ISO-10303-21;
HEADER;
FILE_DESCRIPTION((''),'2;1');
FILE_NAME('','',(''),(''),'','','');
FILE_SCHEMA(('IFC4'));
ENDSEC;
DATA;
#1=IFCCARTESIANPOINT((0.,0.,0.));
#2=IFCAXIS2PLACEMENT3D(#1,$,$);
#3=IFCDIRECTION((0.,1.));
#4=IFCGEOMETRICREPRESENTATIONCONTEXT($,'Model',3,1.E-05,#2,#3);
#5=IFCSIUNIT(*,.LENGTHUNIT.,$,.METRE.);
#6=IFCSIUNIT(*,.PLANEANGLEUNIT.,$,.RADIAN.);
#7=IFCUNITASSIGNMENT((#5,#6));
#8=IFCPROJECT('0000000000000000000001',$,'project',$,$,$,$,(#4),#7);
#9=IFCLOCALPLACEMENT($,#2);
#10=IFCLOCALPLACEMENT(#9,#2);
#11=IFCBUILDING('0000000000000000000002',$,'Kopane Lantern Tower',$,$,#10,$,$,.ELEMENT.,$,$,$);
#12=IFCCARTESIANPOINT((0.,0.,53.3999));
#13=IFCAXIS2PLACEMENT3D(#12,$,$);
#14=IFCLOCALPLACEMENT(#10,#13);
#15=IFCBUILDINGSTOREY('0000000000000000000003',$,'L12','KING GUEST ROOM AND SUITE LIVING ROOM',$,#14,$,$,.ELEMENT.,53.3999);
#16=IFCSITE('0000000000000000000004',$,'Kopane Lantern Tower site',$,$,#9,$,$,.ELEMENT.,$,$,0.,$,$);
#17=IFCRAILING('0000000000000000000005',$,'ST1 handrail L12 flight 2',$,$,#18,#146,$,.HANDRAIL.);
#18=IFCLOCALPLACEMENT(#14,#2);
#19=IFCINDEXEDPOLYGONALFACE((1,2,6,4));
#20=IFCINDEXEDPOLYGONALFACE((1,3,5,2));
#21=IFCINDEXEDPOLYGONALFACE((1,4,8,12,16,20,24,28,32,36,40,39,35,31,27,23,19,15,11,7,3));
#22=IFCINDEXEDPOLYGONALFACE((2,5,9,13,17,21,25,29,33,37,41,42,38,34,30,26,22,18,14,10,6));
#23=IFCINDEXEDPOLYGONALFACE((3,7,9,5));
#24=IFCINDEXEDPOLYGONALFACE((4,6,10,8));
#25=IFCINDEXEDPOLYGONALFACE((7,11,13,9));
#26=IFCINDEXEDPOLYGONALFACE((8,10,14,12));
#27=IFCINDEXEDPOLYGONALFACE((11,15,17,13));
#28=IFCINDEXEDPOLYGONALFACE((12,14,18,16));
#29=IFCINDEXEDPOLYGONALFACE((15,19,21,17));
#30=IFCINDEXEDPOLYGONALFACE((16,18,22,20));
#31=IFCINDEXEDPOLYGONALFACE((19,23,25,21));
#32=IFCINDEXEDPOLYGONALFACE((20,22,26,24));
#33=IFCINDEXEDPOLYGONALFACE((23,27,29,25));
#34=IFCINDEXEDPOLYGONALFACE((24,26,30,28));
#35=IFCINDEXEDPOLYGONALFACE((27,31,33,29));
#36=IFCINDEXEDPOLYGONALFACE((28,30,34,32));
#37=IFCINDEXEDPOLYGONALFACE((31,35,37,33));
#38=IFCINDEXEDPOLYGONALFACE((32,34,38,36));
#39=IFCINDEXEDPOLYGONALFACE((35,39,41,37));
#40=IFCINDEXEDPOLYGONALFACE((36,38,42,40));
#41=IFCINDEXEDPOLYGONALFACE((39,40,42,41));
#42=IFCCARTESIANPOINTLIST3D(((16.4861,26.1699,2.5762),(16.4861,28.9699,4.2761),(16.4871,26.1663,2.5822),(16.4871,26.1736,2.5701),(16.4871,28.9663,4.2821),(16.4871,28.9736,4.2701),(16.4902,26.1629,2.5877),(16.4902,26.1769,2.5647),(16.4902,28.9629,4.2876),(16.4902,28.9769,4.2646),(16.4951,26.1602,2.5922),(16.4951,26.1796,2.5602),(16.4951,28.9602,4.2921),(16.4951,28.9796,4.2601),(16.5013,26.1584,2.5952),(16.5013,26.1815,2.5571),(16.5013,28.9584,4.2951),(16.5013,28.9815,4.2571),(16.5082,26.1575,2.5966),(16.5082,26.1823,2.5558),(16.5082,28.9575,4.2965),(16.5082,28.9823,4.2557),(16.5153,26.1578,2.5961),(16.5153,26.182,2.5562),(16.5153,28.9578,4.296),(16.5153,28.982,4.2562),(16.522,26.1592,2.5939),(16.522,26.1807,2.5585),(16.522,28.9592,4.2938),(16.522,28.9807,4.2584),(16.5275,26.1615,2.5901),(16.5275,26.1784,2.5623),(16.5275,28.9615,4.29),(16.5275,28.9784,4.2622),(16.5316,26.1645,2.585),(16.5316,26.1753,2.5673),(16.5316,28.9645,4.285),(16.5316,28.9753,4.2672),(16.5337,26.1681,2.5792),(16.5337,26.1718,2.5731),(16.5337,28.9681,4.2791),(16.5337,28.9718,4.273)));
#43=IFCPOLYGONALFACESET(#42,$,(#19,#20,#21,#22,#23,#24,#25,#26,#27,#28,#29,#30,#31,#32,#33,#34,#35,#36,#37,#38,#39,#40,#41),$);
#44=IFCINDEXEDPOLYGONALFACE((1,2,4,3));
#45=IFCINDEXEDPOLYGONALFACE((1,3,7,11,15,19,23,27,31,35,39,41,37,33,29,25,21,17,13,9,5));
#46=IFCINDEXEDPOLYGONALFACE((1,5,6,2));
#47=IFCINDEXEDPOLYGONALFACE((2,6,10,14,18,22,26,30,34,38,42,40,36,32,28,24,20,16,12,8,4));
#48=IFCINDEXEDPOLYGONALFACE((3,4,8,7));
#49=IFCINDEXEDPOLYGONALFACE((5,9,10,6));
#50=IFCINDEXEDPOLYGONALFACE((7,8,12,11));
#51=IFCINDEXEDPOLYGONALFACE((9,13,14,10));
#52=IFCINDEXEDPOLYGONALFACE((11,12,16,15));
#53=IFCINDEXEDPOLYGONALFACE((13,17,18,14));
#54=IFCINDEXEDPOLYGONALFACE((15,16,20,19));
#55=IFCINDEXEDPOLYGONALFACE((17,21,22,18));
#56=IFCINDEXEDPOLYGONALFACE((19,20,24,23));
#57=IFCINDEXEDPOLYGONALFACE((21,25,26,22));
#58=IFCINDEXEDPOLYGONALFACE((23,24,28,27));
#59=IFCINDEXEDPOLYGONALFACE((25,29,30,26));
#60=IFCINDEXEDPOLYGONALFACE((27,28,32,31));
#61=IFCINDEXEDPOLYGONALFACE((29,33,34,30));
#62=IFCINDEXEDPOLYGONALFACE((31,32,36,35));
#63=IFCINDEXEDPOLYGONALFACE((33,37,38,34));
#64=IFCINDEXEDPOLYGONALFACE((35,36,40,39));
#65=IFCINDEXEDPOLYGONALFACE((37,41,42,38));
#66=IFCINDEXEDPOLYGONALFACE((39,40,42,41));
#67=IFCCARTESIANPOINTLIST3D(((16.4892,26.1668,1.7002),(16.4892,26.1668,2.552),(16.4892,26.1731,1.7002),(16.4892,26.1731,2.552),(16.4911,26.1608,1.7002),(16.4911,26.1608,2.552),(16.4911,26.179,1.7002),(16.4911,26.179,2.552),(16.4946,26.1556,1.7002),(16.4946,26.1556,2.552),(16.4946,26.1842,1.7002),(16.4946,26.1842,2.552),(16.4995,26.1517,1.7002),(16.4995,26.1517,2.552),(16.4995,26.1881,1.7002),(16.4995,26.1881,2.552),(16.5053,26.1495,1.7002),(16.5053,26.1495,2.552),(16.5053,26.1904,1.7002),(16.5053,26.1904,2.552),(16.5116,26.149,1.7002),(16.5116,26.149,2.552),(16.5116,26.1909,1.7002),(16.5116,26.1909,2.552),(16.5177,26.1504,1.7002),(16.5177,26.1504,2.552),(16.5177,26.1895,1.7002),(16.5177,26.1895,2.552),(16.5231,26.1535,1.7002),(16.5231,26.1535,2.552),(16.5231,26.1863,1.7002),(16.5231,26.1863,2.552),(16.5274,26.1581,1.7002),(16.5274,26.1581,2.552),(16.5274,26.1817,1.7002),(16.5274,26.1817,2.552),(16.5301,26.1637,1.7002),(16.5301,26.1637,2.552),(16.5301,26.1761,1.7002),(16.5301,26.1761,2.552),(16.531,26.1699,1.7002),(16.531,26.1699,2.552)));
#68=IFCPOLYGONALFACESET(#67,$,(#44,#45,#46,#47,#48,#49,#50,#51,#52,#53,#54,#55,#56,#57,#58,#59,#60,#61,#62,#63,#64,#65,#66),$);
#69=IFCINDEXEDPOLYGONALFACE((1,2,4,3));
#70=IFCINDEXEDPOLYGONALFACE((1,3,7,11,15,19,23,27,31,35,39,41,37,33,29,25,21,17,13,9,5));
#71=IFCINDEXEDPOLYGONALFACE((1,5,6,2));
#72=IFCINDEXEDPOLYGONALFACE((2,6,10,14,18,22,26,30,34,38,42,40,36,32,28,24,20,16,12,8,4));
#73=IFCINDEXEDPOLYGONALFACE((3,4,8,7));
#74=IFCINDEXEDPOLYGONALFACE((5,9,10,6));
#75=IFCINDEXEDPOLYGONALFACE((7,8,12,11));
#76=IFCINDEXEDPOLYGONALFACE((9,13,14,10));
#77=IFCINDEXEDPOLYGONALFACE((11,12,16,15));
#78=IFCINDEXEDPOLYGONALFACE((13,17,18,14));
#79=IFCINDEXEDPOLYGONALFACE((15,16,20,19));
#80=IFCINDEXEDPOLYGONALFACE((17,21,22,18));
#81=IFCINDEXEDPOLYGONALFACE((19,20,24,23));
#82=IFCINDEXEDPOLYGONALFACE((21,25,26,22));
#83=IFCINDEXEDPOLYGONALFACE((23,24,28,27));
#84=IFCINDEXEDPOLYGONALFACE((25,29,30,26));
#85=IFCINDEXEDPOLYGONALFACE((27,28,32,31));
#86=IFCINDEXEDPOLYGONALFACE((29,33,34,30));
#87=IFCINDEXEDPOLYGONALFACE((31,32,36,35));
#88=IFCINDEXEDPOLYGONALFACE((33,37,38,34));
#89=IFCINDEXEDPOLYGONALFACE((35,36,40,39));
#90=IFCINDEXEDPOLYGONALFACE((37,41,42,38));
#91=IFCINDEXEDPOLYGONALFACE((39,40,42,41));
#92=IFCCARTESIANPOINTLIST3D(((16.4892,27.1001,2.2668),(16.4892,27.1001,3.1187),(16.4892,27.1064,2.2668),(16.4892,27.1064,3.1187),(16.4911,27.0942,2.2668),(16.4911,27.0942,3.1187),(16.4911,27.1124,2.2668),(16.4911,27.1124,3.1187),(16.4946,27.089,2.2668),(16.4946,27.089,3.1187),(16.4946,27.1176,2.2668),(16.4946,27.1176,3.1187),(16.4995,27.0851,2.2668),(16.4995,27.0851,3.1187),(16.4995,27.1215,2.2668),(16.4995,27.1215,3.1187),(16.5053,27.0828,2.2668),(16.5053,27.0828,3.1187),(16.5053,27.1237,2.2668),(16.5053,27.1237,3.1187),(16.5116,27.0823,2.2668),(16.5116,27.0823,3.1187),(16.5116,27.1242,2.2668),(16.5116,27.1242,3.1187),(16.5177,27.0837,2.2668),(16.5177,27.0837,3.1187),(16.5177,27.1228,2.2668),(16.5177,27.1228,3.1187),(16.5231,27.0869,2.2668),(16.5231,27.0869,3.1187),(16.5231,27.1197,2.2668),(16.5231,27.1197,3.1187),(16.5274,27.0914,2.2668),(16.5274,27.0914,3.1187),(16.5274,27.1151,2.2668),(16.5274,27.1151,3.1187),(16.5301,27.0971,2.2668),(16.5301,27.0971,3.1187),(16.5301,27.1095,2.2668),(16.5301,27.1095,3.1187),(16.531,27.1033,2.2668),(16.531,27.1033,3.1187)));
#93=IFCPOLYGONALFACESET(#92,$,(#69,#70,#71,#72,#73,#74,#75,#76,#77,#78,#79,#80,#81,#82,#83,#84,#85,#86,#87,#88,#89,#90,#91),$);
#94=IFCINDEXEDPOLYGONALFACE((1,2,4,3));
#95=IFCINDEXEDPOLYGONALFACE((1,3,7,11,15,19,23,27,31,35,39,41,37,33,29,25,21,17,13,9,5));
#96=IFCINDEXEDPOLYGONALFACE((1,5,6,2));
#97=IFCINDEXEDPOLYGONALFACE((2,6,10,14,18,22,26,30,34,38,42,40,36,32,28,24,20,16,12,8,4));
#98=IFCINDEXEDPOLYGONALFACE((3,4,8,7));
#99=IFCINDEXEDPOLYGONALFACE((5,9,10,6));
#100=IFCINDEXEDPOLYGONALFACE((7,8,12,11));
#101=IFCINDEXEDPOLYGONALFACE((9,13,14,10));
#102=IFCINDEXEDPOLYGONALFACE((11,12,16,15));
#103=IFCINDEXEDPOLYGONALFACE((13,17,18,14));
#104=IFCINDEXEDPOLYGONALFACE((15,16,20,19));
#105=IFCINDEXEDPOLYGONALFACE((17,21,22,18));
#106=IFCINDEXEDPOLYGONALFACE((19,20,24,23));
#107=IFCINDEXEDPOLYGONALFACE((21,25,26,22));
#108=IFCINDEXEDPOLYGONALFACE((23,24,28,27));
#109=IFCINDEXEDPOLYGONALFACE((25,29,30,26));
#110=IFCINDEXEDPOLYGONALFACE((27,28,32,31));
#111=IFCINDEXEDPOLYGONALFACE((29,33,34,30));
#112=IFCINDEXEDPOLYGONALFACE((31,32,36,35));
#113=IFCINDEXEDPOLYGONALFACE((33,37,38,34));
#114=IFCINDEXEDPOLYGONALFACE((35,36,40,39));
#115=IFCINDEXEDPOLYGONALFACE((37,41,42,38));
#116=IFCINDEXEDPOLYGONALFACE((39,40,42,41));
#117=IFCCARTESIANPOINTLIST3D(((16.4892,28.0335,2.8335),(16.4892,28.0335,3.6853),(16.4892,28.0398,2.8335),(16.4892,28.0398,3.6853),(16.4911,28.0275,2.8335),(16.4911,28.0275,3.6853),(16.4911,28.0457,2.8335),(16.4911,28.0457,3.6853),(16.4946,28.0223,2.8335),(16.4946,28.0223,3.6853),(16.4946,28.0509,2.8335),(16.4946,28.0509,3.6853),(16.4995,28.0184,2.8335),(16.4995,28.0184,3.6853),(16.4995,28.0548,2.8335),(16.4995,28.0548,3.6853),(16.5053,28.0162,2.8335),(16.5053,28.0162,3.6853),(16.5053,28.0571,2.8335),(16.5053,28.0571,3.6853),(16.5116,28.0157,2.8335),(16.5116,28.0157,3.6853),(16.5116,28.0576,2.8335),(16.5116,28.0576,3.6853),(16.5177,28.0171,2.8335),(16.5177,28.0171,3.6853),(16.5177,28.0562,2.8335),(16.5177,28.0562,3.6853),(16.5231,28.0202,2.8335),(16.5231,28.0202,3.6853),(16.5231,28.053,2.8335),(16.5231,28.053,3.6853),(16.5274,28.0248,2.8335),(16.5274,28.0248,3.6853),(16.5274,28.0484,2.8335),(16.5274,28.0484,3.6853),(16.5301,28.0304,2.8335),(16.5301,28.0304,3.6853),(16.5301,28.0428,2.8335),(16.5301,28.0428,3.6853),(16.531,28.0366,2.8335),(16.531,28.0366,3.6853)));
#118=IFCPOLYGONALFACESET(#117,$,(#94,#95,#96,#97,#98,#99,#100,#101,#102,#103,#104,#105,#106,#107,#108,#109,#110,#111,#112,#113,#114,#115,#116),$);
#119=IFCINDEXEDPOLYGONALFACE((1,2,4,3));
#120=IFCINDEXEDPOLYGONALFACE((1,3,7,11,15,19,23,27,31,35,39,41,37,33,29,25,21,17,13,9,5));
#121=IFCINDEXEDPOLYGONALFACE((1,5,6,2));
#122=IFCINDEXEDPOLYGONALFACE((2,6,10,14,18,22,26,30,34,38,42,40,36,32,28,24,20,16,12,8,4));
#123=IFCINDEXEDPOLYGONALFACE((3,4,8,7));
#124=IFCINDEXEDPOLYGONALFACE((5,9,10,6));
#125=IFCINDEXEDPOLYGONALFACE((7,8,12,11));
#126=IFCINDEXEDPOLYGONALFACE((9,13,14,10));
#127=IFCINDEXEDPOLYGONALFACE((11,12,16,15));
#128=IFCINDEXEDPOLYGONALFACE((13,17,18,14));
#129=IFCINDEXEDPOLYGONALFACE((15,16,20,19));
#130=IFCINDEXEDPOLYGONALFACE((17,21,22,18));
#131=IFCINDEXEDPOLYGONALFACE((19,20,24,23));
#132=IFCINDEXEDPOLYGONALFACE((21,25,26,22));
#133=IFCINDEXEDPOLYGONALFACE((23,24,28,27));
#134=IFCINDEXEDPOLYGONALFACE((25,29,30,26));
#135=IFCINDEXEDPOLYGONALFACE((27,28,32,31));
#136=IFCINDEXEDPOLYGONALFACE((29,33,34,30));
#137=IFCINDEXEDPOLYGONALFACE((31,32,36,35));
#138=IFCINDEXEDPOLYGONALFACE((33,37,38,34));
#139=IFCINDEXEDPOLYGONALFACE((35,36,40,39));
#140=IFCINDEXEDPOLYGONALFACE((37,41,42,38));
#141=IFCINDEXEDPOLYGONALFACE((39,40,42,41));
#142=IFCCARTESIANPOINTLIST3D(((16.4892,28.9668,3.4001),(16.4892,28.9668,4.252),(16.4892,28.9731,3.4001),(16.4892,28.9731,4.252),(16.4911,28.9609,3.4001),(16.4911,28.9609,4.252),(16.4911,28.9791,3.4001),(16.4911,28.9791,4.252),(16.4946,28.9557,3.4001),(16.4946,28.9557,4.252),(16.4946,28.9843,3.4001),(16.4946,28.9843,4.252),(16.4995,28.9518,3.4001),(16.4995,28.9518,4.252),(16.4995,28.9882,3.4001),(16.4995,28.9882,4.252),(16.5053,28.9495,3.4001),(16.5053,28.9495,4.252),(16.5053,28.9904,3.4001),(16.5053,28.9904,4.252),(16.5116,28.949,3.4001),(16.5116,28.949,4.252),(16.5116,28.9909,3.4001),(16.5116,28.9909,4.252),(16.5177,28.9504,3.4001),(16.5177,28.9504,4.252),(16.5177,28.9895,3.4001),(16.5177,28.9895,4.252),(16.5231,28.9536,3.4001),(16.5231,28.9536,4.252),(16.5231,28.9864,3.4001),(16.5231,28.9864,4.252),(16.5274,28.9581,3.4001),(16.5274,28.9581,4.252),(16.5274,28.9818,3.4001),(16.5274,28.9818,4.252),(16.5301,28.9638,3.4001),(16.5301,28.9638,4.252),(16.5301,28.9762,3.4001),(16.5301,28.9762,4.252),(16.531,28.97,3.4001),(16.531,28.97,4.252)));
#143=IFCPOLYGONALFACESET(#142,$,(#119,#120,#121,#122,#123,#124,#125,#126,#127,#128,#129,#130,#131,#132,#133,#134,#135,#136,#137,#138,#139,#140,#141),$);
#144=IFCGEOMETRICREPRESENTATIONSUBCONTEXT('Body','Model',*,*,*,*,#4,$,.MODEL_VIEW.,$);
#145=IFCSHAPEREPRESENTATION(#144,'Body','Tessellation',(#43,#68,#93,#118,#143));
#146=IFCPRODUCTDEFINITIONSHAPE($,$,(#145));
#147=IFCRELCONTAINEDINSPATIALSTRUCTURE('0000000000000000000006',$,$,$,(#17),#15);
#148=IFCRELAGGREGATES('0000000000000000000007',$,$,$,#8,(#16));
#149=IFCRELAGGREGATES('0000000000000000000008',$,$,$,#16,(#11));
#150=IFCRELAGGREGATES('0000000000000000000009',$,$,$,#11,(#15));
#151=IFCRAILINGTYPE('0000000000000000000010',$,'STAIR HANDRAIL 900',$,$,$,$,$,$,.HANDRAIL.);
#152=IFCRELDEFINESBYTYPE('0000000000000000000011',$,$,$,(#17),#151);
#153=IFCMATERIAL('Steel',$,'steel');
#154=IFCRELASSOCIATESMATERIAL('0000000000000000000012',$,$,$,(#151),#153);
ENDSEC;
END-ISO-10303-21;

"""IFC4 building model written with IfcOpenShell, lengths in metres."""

from ifc_helpers import new_model, si_unit, direction, frame, origin, origin_2d, place, context, subcontext, project, spatial, circle, extrude, material, type_object, element, save


model = new_model("IFC4")

# Units and contexts
model_context = context("Model", 3, precision=1e-05, world=origin(), true_north=direction((0.0, 1.0)))
body_context = subcontext(model_context, "Body", "Model", "MODEL_VIEW")
ifc_project = project(units=[si_unit("LENGTHUNIT", "METRE"), si_unit("PLANEANGLEUNIT", "RADIAN")], contexts=[model_context])

# Site, building, storey
site_placement = place(None, origin())
site = spatial("IfcSite", under=ifc_project, at=site_placement, Name="Kopane Lantern Tower site", CompositionType="ELEMENT", RefElevation=0.0)
building_placement = place(site_placement, origin())
building = spatial("IfcBuilding", under=site, at=building_placement, Name="Kopane Lantern Tower", CompositionType="ELEMENT")
storey_placement = place(building_placement, frame((0.0, 0.0, 53.3999)))
storey = spatial("IfcBuildingStorey", under=building, at=storey_placement, Name="L12", Description="KING GUEST ROOM AND SUITE LIVING ROOM", CompositionType="ELEMENT", Elevation=53.3999)

# Railing
ifc_material_1 = material(Name="Steel", Category="steel")
railing_type_1 = type_object("IfcRailingType", Name="STAIR HANDRAIL 900", PredefinedType="HANDRAIL", material=ifc_material_1)
for number, where, name in (
    (1, (16.51, 26.1699, 1.7002), "ST1 handrail L12 flight 2"),
):
    element("IfcRailing", number, at=place(storey_placement, frame(where)), inside=storey, type_object=railing_type_1, Name=name, PredefinedType="HANDRAIL", context=body_context, shape_type="SweptSolid", body=[
        extrude(circle(Radius=0.0239, at=origin_2d()), frame((0.0, 0.0, 0.876), z_axis=(0.0, 0.854798, 0.518961), x_axis=(-1.0, 0.0, 0.0)), (0.0, 0.0, 1.0), 3.2756),
        extrude(circle(Radius=0.021, at=origin_2d()), origin(), (0.0, 0.0, 1.0), 0.8518),
        extrude(circle(Radius=0.021, at=origin_2d()), frame((0.0, 0.9333, 0.5667)), (0.0, 0.0, 1.0), 0.8518),
        extrude(circle(Radius=0.021, at=origin_2d()), frame((0.0, 1.8667, 1.1333)), (0.0, 0.0, 1.0), 0.8518),
        extrude(circle(Radius=0.021, at=origin_2d()), frame((0.0, 2.8, 1.7)), (0.0, 0.0, 1.0), 0.8518),
    ])

save(model, "model.ifc")
